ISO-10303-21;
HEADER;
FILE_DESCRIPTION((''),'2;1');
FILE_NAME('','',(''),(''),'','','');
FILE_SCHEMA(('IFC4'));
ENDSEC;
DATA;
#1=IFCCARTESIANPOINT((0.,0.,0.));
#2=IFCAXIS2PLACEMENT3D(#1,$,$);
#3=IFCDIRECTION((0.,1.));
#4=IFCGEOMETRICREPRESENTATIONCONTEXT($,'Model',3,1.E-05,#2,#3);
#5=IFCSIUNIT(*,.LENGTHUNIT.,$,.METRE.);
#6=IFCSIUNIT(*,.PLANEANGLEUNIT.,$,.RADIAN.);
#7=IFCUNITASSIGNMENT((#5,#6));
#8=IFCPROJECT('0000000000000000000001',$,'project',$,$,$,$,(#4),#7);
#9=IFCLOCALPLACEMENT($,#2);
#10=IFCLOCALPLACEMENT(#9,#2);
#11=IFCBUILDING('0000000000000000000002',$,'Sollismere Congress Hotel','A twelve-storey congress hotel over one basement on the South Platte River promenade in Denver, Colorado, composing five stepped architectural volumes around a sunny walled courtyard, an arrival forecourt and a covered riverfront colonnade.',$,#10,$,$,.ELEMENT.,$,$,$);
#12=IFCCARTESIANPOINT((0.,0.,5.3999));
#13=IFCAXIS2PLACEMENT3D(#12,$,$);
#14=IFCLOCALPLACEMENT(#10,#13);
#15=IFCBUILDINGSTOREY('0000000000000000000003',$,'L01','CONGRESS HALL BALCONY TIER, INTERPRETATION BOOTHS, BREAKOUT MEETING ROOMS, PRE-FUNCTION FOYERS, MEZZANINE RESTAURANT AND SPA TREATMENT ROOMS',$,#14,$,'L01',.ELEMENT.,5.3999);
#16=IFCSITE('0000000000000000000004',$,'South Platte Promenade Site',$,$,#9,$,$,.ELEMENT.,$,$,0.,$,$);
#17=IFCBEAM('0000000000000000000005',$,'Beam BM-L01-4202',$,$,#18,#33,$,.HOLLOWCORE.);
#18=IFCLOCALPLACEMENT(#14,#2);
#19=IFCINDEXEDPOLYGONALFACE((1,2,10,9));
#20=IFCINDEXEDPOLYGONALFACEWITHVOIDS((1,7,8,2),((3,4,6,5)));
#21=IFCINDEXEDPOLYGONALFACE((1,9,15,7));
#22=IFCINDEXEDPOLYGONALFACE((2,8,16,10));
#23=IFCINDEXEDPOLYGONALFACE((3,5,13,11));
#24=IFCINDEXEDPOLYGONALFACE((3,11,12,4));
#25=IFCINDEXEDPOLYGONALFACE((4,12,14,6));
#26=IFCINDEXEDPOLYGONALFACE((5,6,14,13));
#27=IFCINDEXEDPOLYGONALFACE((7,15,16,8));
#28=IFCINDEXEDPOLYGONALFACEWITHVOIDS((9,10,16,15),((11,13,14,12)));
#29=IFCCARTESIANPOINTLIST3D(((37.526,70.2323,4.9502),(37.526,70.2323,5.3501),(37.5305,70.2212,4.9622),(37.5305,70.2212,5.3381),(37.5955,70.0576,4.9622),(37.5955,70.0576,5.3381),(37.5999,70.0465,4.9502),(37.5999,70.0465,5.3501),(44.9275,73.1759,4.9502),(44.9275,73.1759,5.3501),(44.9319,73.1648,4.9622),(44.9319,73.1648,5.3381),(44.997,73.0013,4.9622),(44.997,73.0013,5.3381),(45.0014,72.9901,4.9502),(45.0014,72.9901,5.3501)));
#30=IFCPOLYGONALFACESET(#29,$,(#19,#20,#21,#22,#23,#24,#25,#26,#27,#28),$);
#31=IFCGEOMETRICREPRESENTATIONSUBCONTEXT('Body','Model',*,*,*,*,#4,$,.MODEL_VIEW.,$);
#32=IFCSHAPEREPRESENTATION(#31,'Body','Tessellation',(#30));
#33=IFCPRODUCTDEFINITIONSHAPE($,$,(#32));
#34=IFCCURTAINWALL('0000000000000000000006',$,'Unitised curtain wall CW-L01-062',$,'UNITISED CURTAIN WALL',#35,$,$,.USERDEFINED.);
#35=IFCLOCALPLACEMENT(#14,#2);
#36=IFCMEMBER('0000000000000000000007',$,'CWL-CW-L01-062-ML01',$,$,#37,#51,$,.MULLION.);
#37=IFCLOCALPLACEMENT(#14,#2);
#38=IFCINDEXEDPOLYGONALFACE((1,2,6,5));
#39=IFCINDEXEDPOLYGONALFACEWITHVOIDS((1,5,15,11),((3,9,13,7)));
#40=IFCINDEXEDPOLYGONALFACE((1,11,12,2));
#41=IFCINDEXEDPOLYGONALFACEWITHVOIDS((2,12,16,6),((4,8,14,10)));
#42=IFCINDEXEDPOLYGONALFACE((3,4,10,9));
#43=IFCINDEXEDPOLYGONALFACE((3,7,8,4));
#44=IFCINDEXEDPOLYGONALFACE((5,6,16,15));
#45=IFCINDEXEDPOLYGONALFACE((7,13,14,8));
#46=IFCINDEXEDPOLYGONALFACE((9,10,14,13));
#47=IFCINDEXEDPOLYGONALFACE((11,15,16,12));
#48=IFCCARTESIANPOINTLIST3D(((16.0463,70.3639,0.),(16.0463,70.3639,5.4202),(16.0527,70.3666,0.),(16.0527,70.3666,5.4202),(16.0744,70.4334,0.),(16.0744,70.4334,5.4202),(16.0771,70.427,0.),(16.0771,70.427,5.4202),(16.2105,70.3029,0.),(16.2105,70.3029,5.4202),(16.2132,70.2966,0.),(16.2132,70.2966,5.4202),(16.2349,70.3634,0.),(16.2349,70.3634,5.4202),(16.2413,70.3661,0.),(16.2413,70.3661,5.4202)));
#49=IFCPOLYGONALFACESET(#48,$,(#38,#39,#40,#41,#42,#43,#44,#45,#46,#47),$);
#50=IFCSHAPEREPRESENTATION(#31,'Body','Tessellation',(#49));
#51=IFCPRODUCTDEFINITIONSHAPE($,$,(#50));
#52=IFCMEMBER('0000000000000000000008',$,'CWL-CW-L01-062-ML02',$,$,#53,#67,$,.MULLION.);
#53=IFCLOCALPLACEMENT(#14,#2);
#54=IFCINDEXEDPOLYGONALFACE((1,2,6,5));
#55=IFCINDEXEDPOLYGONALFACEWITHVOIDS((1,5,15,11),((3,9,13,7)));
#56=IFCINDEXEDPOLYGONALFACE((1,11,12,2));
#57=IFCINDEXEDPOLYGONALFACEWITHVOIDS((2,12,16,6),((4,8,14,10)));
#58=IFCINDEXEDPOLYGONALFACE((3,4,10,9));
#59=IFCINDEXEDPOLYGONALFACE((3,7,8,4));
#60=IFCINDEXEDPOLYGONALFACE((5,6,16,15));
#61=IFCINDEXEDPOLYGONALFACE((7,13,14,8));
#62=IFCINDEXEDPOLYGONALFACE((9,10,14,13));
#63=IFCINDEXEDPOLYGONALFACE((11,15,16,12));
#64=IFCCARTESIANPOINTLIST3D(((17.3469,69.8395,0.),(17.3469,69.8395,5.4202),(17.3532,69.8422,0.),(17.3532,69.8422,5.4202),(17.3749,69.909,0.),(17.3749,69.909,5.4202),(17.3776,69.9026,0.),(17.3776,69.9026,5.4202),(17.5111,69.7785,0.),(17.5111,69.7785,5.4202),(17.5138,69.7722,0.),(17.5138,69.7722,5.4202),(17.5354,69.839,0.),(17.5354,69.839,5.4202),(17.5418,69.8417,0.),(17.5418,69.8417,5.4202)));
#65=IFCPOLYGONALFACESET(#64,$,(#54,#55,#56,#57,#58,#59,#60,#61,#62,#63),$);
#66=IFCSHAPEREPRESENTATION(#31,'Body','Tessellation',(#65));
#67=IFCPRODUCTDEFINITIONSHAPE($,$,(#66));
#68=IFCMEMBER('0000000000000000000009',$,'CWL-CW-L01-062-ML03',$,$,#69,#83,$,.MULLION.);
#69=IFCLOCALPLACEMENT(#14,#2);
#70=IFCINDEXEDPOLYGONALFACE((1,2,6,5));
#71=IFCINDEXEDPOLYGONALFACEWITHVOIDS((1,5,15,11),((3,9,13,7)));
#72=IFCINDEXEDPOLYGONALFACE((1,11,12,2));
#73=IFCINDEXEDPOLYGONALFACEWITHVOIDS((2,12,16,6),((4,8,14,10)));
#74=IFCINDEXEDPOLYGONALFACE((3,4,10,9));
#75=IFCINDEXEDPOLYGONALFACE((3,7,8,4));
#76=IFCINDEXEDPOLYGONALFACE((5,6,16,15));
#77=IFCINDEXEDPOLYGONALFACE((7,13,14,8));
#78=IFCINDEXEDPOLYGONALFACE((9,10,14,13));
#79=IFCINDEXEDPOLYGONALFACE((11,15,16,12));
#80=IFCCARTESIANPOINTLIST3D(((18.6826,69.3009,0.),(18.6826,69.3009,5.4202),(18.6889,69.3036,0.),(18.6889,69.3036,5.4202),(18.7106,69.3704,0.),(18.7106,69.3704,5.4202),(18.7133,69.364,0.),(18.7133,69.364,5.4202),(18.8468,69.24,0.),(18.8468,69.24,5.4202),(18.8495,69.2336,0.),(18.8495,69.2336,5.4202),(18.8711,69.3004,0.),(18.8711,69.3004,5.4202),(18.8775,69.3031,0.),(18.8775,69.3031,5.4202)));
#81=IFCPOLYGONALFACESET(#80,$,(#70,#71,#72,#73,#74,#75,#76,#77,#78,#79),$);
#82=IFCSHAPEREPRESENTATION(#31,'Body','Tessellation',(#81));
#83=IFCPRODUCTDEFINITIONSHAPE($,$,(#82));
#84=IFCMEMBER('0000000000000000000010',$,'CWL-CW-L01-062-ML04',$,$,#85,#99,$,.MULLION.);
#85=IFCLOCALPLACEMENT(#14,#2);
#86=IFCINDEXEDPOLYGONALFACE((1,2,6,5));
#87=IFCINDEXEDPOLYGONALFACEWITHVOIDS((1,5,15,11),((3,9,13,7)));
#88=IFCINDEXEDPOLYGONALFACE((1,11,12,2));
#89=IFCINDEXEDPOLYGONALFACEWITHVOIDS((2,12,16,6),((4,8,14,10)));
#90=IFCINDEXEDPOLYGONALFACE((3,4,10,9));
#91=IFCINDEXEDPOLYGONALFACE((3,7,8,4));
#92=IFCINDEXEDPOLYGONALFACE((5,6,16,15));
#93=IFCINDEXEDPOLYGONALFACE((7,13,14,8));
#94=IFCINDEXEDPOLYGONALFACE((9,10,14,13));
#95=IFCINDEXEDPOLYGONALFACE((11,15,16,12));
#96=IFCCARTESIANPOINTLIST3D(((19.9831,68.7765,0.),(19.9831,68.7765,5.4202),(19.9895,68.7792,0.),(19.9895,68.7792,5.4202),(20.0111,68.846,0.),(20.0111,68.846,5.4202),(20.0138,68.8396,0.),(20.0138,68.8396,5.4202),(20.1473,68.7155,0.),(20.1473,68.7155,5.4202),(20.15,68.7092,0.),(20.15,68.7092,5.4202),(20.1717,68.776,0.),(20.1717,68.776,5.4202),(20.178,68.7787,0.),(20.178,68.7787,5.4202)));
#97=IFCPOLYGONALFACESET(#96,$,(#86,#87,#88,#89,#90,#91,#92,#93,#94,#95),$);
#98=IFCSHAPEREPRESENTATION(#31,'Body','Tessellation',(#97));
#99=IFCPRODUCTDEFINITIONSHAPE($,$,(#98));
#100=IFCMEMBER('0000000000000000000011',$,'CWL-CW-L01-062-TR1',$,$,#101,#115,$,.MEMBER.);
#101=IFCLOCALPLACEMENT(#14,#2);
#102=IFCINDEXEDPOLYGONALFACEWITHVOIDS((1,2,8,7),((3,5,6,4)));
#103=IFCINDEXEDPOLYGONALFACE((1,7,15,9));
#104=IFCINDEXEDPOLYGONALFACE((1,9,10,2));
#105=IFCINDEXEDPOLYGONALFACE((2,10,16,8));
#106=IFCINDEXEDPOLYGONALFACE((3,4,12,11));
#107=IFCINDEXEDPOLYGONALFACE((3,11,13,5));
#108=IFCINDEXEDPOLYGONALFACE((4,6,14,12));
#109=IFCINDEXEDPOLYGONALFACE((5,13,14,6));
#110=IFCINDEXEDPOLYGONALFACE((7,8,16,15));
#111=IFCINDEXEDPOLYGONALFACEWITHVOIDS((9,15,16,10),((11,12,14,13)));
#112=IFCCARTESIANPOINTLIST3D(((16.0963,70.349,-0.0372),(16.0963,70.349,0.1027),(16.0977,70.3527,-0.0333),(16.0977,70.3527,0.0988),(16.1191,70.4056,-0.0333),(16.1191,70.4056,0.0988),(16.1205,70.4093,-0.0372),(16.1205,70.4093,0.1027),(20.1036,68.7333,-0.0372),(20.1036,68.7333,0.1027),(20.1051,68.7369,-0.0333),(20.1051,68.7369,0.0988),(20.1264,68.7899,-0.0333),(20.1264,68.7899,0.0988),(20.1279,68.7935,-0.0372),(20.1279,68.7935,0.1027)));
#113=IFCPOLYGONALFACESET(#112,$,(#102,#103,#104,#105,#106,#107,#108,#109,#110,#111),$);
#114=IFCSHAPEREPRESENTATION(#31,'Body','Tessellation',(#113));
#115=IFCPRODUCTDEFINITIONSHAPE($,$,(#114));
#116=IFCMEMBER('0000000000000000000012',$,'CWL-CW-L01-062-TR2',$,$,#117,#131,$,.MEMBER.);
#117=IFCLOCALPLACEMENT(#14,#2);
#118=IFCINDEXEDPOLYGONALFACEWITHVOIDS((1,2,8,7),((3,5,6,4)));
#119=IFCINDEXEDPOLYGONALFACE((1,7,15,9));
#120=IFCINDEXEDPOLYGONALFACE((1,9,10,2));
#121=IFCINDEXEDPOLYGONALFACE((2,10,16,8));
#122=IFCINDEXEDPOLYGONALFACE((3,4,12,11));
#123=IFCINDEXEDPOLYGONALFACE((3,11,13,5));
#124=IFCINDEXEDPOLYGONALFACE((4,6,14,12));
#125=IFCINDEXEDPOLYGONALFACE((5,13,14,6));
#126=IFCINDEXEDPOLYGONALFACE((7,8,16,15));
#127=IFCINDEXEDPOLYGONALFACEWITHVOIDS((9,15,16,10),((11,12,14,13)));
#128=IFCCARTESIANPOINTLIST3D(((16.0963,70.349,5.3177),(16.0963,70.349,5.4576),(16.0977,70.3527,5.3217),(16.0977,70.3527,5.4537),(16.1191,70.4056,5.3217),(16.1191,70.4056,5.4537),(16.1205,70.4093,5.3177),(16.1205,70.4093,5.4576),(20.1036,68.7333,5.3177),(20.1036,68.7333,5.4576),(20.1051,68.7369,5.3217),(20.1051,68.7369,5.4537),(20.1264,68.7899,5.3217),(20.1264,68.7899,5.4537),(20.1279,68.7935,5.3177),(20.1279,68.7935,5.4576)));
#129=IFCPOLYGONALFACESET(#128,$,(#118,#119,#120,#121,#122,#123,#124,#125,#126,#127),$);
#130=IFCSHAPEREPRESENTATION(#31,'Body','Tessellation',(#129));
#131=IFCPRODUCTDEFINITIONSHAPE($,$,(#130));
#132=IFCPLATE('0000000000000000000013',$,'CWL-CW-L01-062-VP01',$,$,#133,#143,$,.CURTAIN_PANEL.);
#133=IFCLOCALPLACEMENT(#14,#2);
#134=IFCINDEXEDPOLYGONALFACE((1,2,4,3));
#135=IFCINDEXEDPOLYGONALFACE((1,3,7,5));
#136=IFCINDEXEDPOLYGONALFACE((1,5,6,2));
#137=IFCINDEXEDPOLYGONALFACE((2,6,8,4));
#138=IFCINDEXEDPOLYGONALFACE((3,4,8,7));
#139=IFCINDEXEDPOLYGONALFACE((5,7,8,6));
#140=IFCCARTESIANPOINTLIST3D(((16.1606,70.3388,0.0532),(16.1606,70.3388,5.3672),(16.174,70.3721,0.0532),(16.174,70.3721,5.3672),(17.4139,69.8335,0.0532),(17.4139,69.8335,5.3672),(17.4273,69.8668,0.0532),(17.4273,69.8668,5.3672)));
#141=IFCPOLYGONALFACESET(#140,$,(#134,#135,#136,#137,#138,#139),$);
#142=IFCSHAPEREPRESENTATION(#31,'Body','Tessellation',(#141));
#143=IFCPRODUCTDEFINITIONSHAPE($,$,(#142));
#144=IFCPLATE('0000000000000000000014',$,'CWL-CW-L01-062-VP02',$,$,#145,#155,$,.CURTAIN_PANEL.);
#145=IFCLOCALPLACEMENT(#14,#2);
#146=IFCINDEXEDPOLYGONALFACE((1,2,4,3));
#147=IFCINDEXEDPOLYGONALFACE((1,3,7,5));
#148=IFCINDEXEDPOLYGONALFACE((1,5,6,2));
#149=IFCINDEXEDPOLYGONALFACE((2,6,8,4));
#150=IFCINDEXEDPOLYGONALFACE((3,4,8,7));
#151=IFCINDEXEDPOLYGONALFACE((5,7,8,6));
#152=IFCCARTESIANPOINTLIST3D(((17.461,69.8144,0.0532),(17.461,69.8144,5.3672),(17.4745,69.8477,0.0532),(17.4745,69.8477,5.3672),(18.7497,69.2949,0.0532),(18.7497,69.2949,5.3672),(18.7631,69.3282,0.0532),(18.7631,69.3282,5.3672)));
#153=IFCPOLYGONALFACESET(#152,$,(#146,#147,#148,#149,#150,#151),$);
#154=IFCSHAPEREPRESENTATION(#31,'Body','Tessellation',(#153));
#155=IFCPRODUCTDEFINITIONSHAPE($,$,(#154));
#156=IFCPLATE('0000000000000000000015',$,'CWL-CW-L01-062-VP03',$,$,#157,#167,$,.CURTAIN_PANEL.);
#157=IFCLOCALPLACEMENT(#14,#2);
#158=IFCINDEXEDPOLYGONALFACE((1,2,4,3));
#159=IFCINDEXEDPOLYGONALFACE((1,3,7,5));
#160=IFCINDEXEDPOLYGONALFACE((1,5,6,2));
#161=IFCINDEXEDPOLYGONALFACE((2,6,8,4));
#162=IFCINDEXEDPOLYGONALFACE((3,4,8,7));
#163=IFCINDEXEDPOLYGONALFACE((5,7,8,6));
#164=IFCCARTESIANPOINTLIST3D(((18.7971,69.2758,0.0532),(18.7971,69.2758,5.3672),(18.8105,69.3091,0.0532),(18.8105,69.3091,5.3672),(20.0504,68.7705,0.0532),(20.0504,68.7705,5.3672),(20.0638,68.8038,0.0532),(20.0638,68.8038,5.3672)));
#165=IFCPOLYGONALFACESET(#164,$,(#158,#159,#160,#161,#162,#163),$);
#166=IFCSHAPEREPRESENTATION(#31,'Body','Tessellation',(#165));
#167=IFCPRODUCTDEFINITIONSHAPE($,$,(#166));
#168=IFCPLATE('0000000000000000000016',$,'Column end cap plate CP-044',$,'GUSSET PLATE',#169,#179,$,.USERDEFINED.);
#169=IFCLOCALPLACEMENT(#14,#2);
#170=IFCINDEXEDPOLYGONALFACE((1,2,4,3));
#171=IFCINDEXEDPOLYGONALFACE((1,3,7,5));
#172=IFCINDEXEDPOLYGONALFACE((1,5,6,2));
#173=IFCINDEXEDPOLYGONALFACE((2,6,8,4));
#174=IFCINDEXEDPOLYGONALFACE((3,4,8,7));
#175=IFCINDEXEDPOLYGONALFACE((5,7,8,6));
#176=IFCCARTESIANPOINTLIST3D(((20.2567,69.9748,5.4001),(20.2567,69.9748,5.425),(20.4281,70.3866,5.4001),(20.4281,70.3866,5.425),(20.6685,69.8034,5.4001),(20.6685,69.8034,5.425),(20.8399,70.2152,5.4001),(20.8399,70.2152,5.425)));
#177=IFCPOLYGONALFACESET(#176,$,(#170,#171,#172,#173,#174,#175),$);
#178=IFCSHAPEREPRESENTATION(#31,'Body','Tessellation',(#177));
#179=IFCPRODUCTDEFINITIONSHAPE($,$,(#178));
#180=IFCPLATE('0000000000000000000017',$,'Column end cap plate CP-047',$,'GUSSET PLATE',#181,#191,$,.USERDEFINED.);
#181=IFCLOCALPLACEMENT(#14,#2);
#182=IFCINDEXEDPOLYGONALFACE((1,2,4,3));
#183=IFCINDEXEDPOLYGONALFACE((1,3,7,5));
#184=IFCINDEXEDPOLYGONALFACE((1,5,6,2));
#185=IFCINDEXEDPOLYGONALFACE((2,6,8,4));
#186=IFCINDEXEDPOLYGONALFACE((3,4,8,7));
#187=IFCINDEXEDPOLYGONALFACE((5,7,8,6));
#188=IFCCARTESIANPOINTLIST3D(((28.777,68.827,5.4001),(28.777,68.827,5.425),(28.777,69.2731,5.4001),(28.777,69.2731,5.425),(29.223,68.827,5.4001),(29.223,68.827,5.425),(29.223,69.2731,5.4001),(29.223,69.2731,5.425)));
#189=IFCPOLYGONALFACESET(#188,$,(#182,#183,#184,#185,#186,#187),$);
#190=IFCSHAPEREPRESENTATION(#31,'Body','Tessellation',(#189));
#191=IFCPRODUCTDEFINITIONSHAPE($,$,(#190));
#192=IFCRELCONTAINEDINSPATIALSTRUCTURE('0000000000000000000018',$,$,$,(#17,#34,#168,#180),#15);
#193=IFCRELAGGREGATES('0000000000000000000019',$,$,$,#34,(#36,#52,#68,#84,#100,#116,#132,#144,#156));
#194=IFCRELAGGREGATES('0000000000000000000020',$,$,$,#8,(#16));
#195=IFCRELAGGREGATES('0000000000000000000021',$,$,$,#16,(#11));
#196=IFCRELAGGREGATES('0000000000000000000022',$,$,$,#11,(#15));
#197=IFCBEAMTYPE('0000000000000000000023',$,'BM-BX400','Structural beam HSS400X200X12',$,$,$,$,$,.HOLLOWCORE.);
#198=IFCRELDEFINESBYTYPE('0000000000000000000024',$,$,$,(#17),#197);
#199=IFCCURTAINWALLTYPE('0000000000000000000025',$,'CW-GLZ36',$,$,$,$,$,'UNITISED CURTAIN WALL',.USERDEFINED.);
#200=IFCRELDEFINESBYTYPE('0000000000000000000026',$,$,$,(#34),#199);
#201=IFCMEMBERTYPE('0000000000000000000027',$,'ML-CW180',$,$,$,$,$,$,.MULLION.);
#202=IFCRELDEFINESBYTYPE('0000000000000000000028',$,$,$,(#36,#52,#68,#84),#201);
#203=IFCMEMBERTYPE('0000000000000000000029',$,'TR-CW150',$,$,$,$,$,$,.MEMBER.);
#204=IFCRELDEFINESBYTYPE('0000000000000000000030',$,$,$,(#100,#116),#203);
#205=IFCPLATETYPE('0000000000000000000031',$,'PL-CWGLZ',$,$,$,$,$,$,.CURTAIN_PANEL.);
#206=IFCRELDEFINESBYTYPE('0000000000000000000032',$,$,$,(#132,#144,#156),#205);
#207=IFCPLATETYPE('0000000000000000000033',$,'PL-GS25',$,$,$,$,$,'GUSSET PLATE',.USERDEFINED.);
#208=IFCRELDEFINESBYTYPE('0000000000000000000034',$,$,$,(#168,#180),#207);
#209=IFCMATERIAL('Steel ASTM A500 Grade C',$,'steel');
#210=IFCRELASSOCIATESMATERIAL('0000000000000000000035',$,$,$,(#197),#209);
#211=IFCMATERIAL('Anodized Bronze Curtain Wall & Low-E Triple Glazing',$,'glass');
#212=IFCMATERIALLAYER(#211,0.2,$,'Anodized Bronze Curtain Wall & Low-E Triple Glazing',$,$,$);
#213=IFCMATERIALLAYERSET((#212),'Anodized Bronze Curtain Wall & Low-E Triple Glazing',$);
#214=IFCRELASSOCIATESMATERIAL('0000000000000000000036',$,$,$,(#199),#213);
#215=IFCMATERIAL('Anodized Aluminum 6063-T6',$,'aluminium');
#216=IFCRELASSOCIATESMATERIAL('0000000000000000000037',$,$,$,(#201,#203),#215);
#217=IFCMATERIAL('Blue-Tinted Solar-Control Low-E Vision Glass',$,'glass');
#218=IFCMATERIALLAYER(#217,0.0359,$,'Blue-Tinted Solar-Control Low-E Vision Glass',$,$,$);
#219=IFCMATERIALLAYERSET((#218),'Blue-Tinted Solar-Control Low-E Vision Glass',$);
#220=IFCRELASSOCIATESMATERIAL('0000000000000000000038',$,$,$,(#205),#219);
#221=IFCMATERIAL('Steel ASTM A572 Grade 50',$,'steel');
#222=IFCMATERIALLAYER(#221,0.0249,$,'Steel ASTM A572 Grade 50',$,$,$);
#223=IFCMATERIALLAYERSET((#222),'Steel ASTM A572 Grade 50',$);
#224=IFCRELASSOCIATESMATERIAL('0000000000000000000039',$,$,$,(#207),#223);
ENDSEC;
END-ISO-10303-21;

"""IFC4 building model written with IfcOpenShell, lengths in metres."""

from ifc_helpers import new_model, si_unit, direction, frame, origin, origin_2d, place, context, subcontext, project, spatial, rectangle, hollow_rectangle, extrude, material, layer, layer_set, material_profile, profile_set, type_object, element, aggregate, save


model = new_model("IFC4")

# Units and contexts
model_context = context("Model", 3, precision=1e-05, world=origin(), true_north=direction((0.0, 1.0)))
body_context = subcontext(model_context, "Body", "Model", "MODEL_VIEW")
ifc_project = project(units=[si_unit("LENGTHUNIT", "METRE"), si_unit("PLANEANGLEUNIT", "RADIAN")], contexts=[model_context])

# Site, building, storey
site_placement = place(None, origin())
site = spatial("IfcSite", under=ifc_project, at=site_placement, Name="South Platte Promenade Site", CompositionType="ELEMENT", RefElevation=0.0)
building_placement = place(site_placement, origin())
building = spatial("IfcBuilding", under=site, at=building_placement, Name="Sollismere Congress Hotel", Description="A twelve-storey congress hotel over one basement on the South Platte River promenade in Denver, Colorado, composing five stepped architectural volumes around a sunny walled courtyard, an arrival forecourt and a covered riverfront colonnade.", CompositionType="ELEMENT")
storey_placement = place(building_placement, frame((0.0, 0.0, 5.3999)))
storey = spatial("IfcBuildingStorey", under=building, at=storey_placement, Name="L01", Description="CONGRESS HALL BALCONY TIER, INTERPRETATION BOOTHS, BREAKOUT MEETING ROOMS, PRE-FUNCTION FOYERS, MEZZANINE RESTAURANT AND SPA TREATMENT ROOMS", LongName="L01", CompositionType="ELEMENT", Elevation=5.3999)

# Shared definitions
ifc_material_1 = material(Name="Steel ASTM A500 Grade C", Category="steel")

# Beam
ifc_material_profile_1 = material_profile(ifc_material_1, hollow_rectangle(XDim=0.2, YDim=0.3999, WallThickness=0.012, at=origin_2d()), Name="HSS400X200X12")
ifc_profile_set_1 = profile_set([ifc_material_profile_1], Name="Steel ASTM A500 Grade C")
beam_type = type_object("IfcBeamType", Name="BM-BX400", Description="Structural beam HSS400X200X12", PredefinedType="HOLLOWCORE", material=ifc_profile_set_1)
beam_placement = place(storey_placement, frame((37.563, 70.1394, 5.1501), z_axis=(0.929208, 0.369556, 0.0), x_axis=(-0.369556, 0.929208, 0.0)))
element("IfcBeam", 1, at=beam_placement, inside=storey, type_object=beam_type, Name="Beam BM-L01-4202", PredefinedType="HOLLOWCORE", context=body_context, shape_type="SweptSolid", body=[
    extrude(hollow_rectangle(XDim=0.2, YDim=0.3999, WallThickness=0.012, at=origin_2d()), origin(), (0.0, 0.0, 1.0), 7.9653),
])

# Curtain wall, members, plates
ifc_material_2 = material(Name="Anodized Bronze Curtain Wall & Low-E Triple Glazing", Category="glass")
ifc_layer_1 = layer(ifc_material_2, 0.2, Name="Anodized Bronze Curtain Wall & Low-E Triple Glazing")
ifc_layer_set_1 = layer_set([ifc_layer_1], Name="Anodized Bronze Curtain Wall & Low-E Triple Glazing")
curtain_wall_type = type_object("IfcCurtainWallType", Name="CW-GLZ36", ElementType="UNITISED CURTAIN WALL", PredefinedType="USERDEFINED", material=ifc_layer_set_1)
curtain_wall_placement = place(storey_placement, origin())
curtain_wall = element("IfcCurtainWall", 2, at=curtain_wall_placement, inside=storey, type_object=curtain_wall_type, Name="Unitised curtain wall CW-L01-062", ObjectType="UNITISED CURTAIN WALL", PredefinedType="USERDEFINED")
ifc_material_3 = material(Name="Anodized Aluminum 6063-T6", Category="aluminium")
ifc_material_profile_2 = material_profile(ifc_material_3, hollow_rectangle(XDim=0.075, YDim=0.1799, WallThickness=0.0049, at=origin_2d()), Name="ALU180X75X5")
ifc_profile_set_2 = profile_set([ifc_material_profile_2], Name="Anodized Aluminum 6063-T6")
member_type_1 = type_object("IfcMemberType", Name="ML-CW180", PredefinedType="MULLION", material=ifc_profile_set_2)
member_1_placement = place(storey_placement, frame((16.1438, 70.365, 0.0), z_axis=(0.0, 0.0, 1.0), x_axis=(0.373943, 0.927452, 0.0)))
member_1 = element("IfcMember", 3, at=member_1_placement, type_object=member_type_1, Name="CWL-CW-L01-062-ML01", PredefinedType="MULLION", context=body_context, shape_type="SweptSolid", body=[
    extrude(hollow_rectangle(XDim=0.075, YDim=0.1799, WallThickness=0.0049, at=origin_2d()), origin(), (0.0, 0.0, 1.0), 5.4202),
])
member_2_placement = place(storey_placement, frame((17.4443, 69.8406, 0.0), z_axis=(0.0, 0.0, 1.0), x_axis=(0.373943, 0.927452, 0.0)))
member_2 = element("IfcMember", 4, at=member_2_placement, type_object=member_type_1, Name="CWL-CW-L01-062-ML02", PredefinedType="MULLION", context=body_context, shape_type="SweptSolid", body=[
    extrude(hollow_rectangle(XDim=0.075, YDim=0.1799, WallThickness=0.0049, at=origin_2d()), origin(), (0.0, 0.0, 1.0), 5.4202),
])
member_3_placement = place(storey_placement, frame((18.78, 69.302, 0.0), z_axis=(0.0, 0.0, 1.0), x_axis=(0.373943, 0.927452, 0.0)))
member_3 = element("IfcMember", 5, at=member_3_placement, type_object=member_type_1, Name="CWL-CW-L01-062-ML03", PredefinedType="MULLION", context=body_context, shape_type="SweptSolid", body=[
    extrude(hollow_rectangle(XDim=0.075, YDim=0.1799, WallThickness=0.0049, at=origin_2d()), origin(), (0.0, 0.0, 1.0), 5.4202),
])
member_4_placement = place(storey_placement, frame((20.0806, 68.7776, 0.0), z_axis=(0.0, 0.0, 1.0), x_axis=(0.373943, 0.927452, 0.0)))
member_4 = element("IfcMember", 6, at=member_4_placement, type_object=member_type_1, Name="CWL-CW-L01-062-ML04", PredefinedType="MULLION", context=body_context, shape_type="SweptSolid", body=[
    extrude(hollow_rectangle(XDim=0.075, YDim=0.1799, WallThickness=0.0049, at=origin_2d()), origin(), (0.0, 0.0, 1.0), 5.4202),
])
ifc_material_profile_3 = material_profile(ifc_material_3, hollow_rectangle(XDim=0.0649, YDim=0.1399, WallThickness=0.0039, at=origin_2d()), Name="ALU140X65X4")
ifc_profile_set_3 = profile_set([ifc_material_profile_3], Name="Anodized Aluminum 6063-T6")
member_type_2 = type_object("IfcMemberType", Name="TR-CW150", PredefinedType="MEMBER", material=ifc_profile_set_3)
member_5_placement = place(storey_placement, frame((16.1084, 70.3792, 0.0327), z_axis=(0.927452, -0.373942, 0.0), x_axis=(0.373942, 0.927452, 0.0)))
member_5 = element("IfcMember", 7, at=member_5_placement, type_object=member_type_2, Name="CWL-CW-L01-062-TR1", PredefinedType="MEMBER", context=body_context, shape_type="SweptSolid", body=[
    extrude(hollow_rectangle(XDim=0.0649, YDim=0.1399, WallThickness=0.0039, at=origin_2d()), origin(), (0.0, 0.0, 1.0), 4.3208),
])
member_6_placement = place(storey_placement, frame((16.1084, 70.3792, 5.3877), z_axis=(0.927452, -0.373942, 0.0), x_axis=(0.373942, 0.927452, 0.0)))
member_6 = element("IfcMember", 8, at=member_6_placement, type_object=member_type_2, Name="CWL-CW-L01-062-TR2", PredefinedType="MEMBER", context=body_context, shape_type="SweptSolid", body=[
    extrude(hollow_rectangle(XDim=0.0649, YDim=0.1399, WallThickness=0.0039, at=origin_2d()), origin(), (0.0, 0.0, 1.0), 4.3208),
])
ifc_material_4 = material(Name="Blue-Tinted Solar-Control Low-E Vision Glass", Category="glass")
ifc_layer_2 = layer(ifc_material_4, 0.0359, Name="Blue-Tinted Solar-Control Low-E Vision Glass")
ifc_layer_set_2 = layer_set([ifc_layer_2], Name="Blue-Tinted Solar-Control Low-E Vision Glass")
plate_type_1 = type_object("IfcPlateType", Name="PL-CWGLZ", PredefinedType="CURTAIN_PANEL", material=ifc_layer_set_2)
plate_1_placement = place(storey_placement, frame((16.7939, 70.1028, 0.0532), z_axis=(0.0, 0.0, 1.0), x_axis=(0.927452, -0.373943, 0.0)))
plate_1 = element("IfcPlate", 9, at=plate_1_placement, type_object=plate_type_1, Name="CWL-CW-L01-062-VP01", PredefinedType="CURTAIN_PANEL", context=body_context, shape_type="SweptSolid", body=[
    extrude(rectangle(XDim=1.3513, YDim=0.0359, at=origin_2d()), origin(), (0.0, 0.0, 1.0), 5.314),
])
plate_2_placement = place(storey_placement, frame((18.1121, 69.5713, 0.0532), z_axis=(0.0, 0.0, 1.0), x_axis=(0.927452, -0.373943, 0.0)))
plate_2 = element("IfcPlate", 10, at=plate_2_placement, type_object=plate_type_1, Name="CWL-CW-L01-062-VP02", PredefinedType="CURTAIN_PANEL", context=body_context, shape_type="SweptSolid", body=[
    extrude(rectangle(XDim=1.3894, YDim=0.0359, at=origin_2d()), origin(), (0.0, 0.0, 1.0), 5.314),
])
plate_3_placement = place(storey_placement, frame((19.4304, 69.0398, 0.0532), z_axis=(0.0, 0.0, 1.0), x_axis=(0.927452, -0.373943, 0.0)))
plate_3 = element("IfcPlate", 11, at=plate_3_placement, type_object=plate_type_1, Name="CWL-CW-L01-062-VP03", PredefinedType="CURTAIN_PANEL", context=body_context, shape_type="SweptSolid", body=[
    extrude(rectangle(XDim=1.3513, YDim=0.0359, at=origin_2d()), origin(), (0.0, 0.0, 1.0), 5.314),
])
aggregate(curtain_wall, [member_1, member_2, member_3, member_4, member_5, member_6, plate_1, plate_2, plate_3])

# Plates
ifc_material_5 = material(Name="Steel ASTM A572 Grade 50", Category="steel")
ifc_layer_3 = layer(ifc_material_5, 0.0249, Name="Steel ASTM A572 Grade 50")
ifc_layer_set_3 = layer_set([ifc_layer_3], Name="Steel ASTM A572 Grade 50")
plate_type_2 = type_object("IfcPlateType", Name="PL-GS25", ElementType="GUSSET PLATE", PredefinedType="USERDEFINED", material=ifc_layer_set_3)
for number, where, z_axis, x_axis, name in (
    (12, (20.5483, 70.095, 5.4001), (0.0, 0.0, 1.0), (-0.384295, -0.92321, 0.0), "Column end cap plate CP-044"),
    (13, (29.0, 69.05, 5.4001), (0.0, 0.0, 1.0), (0.0, -1.0, 0.0), "Column end cap plate CP-047"),
):
    element("IfcPlate", number, at=place(storey_placement, frame(where, z_axis=z_axis, x_axis=x_axis)), inside=storey, type_object=plate_type_2, Name=name, ObjectType="GUSSET PLATE", PredefinedType="USERDEFINED", context=body_context, shape_type="SweptSolid", body=[
        extrude(rectangle(XDim=0.446, YDim=0.446, at=origin_2d()), origin(), (0.0, 0.0, 1.0), 0.0249),
    ])

save(model, "model.ifc")
